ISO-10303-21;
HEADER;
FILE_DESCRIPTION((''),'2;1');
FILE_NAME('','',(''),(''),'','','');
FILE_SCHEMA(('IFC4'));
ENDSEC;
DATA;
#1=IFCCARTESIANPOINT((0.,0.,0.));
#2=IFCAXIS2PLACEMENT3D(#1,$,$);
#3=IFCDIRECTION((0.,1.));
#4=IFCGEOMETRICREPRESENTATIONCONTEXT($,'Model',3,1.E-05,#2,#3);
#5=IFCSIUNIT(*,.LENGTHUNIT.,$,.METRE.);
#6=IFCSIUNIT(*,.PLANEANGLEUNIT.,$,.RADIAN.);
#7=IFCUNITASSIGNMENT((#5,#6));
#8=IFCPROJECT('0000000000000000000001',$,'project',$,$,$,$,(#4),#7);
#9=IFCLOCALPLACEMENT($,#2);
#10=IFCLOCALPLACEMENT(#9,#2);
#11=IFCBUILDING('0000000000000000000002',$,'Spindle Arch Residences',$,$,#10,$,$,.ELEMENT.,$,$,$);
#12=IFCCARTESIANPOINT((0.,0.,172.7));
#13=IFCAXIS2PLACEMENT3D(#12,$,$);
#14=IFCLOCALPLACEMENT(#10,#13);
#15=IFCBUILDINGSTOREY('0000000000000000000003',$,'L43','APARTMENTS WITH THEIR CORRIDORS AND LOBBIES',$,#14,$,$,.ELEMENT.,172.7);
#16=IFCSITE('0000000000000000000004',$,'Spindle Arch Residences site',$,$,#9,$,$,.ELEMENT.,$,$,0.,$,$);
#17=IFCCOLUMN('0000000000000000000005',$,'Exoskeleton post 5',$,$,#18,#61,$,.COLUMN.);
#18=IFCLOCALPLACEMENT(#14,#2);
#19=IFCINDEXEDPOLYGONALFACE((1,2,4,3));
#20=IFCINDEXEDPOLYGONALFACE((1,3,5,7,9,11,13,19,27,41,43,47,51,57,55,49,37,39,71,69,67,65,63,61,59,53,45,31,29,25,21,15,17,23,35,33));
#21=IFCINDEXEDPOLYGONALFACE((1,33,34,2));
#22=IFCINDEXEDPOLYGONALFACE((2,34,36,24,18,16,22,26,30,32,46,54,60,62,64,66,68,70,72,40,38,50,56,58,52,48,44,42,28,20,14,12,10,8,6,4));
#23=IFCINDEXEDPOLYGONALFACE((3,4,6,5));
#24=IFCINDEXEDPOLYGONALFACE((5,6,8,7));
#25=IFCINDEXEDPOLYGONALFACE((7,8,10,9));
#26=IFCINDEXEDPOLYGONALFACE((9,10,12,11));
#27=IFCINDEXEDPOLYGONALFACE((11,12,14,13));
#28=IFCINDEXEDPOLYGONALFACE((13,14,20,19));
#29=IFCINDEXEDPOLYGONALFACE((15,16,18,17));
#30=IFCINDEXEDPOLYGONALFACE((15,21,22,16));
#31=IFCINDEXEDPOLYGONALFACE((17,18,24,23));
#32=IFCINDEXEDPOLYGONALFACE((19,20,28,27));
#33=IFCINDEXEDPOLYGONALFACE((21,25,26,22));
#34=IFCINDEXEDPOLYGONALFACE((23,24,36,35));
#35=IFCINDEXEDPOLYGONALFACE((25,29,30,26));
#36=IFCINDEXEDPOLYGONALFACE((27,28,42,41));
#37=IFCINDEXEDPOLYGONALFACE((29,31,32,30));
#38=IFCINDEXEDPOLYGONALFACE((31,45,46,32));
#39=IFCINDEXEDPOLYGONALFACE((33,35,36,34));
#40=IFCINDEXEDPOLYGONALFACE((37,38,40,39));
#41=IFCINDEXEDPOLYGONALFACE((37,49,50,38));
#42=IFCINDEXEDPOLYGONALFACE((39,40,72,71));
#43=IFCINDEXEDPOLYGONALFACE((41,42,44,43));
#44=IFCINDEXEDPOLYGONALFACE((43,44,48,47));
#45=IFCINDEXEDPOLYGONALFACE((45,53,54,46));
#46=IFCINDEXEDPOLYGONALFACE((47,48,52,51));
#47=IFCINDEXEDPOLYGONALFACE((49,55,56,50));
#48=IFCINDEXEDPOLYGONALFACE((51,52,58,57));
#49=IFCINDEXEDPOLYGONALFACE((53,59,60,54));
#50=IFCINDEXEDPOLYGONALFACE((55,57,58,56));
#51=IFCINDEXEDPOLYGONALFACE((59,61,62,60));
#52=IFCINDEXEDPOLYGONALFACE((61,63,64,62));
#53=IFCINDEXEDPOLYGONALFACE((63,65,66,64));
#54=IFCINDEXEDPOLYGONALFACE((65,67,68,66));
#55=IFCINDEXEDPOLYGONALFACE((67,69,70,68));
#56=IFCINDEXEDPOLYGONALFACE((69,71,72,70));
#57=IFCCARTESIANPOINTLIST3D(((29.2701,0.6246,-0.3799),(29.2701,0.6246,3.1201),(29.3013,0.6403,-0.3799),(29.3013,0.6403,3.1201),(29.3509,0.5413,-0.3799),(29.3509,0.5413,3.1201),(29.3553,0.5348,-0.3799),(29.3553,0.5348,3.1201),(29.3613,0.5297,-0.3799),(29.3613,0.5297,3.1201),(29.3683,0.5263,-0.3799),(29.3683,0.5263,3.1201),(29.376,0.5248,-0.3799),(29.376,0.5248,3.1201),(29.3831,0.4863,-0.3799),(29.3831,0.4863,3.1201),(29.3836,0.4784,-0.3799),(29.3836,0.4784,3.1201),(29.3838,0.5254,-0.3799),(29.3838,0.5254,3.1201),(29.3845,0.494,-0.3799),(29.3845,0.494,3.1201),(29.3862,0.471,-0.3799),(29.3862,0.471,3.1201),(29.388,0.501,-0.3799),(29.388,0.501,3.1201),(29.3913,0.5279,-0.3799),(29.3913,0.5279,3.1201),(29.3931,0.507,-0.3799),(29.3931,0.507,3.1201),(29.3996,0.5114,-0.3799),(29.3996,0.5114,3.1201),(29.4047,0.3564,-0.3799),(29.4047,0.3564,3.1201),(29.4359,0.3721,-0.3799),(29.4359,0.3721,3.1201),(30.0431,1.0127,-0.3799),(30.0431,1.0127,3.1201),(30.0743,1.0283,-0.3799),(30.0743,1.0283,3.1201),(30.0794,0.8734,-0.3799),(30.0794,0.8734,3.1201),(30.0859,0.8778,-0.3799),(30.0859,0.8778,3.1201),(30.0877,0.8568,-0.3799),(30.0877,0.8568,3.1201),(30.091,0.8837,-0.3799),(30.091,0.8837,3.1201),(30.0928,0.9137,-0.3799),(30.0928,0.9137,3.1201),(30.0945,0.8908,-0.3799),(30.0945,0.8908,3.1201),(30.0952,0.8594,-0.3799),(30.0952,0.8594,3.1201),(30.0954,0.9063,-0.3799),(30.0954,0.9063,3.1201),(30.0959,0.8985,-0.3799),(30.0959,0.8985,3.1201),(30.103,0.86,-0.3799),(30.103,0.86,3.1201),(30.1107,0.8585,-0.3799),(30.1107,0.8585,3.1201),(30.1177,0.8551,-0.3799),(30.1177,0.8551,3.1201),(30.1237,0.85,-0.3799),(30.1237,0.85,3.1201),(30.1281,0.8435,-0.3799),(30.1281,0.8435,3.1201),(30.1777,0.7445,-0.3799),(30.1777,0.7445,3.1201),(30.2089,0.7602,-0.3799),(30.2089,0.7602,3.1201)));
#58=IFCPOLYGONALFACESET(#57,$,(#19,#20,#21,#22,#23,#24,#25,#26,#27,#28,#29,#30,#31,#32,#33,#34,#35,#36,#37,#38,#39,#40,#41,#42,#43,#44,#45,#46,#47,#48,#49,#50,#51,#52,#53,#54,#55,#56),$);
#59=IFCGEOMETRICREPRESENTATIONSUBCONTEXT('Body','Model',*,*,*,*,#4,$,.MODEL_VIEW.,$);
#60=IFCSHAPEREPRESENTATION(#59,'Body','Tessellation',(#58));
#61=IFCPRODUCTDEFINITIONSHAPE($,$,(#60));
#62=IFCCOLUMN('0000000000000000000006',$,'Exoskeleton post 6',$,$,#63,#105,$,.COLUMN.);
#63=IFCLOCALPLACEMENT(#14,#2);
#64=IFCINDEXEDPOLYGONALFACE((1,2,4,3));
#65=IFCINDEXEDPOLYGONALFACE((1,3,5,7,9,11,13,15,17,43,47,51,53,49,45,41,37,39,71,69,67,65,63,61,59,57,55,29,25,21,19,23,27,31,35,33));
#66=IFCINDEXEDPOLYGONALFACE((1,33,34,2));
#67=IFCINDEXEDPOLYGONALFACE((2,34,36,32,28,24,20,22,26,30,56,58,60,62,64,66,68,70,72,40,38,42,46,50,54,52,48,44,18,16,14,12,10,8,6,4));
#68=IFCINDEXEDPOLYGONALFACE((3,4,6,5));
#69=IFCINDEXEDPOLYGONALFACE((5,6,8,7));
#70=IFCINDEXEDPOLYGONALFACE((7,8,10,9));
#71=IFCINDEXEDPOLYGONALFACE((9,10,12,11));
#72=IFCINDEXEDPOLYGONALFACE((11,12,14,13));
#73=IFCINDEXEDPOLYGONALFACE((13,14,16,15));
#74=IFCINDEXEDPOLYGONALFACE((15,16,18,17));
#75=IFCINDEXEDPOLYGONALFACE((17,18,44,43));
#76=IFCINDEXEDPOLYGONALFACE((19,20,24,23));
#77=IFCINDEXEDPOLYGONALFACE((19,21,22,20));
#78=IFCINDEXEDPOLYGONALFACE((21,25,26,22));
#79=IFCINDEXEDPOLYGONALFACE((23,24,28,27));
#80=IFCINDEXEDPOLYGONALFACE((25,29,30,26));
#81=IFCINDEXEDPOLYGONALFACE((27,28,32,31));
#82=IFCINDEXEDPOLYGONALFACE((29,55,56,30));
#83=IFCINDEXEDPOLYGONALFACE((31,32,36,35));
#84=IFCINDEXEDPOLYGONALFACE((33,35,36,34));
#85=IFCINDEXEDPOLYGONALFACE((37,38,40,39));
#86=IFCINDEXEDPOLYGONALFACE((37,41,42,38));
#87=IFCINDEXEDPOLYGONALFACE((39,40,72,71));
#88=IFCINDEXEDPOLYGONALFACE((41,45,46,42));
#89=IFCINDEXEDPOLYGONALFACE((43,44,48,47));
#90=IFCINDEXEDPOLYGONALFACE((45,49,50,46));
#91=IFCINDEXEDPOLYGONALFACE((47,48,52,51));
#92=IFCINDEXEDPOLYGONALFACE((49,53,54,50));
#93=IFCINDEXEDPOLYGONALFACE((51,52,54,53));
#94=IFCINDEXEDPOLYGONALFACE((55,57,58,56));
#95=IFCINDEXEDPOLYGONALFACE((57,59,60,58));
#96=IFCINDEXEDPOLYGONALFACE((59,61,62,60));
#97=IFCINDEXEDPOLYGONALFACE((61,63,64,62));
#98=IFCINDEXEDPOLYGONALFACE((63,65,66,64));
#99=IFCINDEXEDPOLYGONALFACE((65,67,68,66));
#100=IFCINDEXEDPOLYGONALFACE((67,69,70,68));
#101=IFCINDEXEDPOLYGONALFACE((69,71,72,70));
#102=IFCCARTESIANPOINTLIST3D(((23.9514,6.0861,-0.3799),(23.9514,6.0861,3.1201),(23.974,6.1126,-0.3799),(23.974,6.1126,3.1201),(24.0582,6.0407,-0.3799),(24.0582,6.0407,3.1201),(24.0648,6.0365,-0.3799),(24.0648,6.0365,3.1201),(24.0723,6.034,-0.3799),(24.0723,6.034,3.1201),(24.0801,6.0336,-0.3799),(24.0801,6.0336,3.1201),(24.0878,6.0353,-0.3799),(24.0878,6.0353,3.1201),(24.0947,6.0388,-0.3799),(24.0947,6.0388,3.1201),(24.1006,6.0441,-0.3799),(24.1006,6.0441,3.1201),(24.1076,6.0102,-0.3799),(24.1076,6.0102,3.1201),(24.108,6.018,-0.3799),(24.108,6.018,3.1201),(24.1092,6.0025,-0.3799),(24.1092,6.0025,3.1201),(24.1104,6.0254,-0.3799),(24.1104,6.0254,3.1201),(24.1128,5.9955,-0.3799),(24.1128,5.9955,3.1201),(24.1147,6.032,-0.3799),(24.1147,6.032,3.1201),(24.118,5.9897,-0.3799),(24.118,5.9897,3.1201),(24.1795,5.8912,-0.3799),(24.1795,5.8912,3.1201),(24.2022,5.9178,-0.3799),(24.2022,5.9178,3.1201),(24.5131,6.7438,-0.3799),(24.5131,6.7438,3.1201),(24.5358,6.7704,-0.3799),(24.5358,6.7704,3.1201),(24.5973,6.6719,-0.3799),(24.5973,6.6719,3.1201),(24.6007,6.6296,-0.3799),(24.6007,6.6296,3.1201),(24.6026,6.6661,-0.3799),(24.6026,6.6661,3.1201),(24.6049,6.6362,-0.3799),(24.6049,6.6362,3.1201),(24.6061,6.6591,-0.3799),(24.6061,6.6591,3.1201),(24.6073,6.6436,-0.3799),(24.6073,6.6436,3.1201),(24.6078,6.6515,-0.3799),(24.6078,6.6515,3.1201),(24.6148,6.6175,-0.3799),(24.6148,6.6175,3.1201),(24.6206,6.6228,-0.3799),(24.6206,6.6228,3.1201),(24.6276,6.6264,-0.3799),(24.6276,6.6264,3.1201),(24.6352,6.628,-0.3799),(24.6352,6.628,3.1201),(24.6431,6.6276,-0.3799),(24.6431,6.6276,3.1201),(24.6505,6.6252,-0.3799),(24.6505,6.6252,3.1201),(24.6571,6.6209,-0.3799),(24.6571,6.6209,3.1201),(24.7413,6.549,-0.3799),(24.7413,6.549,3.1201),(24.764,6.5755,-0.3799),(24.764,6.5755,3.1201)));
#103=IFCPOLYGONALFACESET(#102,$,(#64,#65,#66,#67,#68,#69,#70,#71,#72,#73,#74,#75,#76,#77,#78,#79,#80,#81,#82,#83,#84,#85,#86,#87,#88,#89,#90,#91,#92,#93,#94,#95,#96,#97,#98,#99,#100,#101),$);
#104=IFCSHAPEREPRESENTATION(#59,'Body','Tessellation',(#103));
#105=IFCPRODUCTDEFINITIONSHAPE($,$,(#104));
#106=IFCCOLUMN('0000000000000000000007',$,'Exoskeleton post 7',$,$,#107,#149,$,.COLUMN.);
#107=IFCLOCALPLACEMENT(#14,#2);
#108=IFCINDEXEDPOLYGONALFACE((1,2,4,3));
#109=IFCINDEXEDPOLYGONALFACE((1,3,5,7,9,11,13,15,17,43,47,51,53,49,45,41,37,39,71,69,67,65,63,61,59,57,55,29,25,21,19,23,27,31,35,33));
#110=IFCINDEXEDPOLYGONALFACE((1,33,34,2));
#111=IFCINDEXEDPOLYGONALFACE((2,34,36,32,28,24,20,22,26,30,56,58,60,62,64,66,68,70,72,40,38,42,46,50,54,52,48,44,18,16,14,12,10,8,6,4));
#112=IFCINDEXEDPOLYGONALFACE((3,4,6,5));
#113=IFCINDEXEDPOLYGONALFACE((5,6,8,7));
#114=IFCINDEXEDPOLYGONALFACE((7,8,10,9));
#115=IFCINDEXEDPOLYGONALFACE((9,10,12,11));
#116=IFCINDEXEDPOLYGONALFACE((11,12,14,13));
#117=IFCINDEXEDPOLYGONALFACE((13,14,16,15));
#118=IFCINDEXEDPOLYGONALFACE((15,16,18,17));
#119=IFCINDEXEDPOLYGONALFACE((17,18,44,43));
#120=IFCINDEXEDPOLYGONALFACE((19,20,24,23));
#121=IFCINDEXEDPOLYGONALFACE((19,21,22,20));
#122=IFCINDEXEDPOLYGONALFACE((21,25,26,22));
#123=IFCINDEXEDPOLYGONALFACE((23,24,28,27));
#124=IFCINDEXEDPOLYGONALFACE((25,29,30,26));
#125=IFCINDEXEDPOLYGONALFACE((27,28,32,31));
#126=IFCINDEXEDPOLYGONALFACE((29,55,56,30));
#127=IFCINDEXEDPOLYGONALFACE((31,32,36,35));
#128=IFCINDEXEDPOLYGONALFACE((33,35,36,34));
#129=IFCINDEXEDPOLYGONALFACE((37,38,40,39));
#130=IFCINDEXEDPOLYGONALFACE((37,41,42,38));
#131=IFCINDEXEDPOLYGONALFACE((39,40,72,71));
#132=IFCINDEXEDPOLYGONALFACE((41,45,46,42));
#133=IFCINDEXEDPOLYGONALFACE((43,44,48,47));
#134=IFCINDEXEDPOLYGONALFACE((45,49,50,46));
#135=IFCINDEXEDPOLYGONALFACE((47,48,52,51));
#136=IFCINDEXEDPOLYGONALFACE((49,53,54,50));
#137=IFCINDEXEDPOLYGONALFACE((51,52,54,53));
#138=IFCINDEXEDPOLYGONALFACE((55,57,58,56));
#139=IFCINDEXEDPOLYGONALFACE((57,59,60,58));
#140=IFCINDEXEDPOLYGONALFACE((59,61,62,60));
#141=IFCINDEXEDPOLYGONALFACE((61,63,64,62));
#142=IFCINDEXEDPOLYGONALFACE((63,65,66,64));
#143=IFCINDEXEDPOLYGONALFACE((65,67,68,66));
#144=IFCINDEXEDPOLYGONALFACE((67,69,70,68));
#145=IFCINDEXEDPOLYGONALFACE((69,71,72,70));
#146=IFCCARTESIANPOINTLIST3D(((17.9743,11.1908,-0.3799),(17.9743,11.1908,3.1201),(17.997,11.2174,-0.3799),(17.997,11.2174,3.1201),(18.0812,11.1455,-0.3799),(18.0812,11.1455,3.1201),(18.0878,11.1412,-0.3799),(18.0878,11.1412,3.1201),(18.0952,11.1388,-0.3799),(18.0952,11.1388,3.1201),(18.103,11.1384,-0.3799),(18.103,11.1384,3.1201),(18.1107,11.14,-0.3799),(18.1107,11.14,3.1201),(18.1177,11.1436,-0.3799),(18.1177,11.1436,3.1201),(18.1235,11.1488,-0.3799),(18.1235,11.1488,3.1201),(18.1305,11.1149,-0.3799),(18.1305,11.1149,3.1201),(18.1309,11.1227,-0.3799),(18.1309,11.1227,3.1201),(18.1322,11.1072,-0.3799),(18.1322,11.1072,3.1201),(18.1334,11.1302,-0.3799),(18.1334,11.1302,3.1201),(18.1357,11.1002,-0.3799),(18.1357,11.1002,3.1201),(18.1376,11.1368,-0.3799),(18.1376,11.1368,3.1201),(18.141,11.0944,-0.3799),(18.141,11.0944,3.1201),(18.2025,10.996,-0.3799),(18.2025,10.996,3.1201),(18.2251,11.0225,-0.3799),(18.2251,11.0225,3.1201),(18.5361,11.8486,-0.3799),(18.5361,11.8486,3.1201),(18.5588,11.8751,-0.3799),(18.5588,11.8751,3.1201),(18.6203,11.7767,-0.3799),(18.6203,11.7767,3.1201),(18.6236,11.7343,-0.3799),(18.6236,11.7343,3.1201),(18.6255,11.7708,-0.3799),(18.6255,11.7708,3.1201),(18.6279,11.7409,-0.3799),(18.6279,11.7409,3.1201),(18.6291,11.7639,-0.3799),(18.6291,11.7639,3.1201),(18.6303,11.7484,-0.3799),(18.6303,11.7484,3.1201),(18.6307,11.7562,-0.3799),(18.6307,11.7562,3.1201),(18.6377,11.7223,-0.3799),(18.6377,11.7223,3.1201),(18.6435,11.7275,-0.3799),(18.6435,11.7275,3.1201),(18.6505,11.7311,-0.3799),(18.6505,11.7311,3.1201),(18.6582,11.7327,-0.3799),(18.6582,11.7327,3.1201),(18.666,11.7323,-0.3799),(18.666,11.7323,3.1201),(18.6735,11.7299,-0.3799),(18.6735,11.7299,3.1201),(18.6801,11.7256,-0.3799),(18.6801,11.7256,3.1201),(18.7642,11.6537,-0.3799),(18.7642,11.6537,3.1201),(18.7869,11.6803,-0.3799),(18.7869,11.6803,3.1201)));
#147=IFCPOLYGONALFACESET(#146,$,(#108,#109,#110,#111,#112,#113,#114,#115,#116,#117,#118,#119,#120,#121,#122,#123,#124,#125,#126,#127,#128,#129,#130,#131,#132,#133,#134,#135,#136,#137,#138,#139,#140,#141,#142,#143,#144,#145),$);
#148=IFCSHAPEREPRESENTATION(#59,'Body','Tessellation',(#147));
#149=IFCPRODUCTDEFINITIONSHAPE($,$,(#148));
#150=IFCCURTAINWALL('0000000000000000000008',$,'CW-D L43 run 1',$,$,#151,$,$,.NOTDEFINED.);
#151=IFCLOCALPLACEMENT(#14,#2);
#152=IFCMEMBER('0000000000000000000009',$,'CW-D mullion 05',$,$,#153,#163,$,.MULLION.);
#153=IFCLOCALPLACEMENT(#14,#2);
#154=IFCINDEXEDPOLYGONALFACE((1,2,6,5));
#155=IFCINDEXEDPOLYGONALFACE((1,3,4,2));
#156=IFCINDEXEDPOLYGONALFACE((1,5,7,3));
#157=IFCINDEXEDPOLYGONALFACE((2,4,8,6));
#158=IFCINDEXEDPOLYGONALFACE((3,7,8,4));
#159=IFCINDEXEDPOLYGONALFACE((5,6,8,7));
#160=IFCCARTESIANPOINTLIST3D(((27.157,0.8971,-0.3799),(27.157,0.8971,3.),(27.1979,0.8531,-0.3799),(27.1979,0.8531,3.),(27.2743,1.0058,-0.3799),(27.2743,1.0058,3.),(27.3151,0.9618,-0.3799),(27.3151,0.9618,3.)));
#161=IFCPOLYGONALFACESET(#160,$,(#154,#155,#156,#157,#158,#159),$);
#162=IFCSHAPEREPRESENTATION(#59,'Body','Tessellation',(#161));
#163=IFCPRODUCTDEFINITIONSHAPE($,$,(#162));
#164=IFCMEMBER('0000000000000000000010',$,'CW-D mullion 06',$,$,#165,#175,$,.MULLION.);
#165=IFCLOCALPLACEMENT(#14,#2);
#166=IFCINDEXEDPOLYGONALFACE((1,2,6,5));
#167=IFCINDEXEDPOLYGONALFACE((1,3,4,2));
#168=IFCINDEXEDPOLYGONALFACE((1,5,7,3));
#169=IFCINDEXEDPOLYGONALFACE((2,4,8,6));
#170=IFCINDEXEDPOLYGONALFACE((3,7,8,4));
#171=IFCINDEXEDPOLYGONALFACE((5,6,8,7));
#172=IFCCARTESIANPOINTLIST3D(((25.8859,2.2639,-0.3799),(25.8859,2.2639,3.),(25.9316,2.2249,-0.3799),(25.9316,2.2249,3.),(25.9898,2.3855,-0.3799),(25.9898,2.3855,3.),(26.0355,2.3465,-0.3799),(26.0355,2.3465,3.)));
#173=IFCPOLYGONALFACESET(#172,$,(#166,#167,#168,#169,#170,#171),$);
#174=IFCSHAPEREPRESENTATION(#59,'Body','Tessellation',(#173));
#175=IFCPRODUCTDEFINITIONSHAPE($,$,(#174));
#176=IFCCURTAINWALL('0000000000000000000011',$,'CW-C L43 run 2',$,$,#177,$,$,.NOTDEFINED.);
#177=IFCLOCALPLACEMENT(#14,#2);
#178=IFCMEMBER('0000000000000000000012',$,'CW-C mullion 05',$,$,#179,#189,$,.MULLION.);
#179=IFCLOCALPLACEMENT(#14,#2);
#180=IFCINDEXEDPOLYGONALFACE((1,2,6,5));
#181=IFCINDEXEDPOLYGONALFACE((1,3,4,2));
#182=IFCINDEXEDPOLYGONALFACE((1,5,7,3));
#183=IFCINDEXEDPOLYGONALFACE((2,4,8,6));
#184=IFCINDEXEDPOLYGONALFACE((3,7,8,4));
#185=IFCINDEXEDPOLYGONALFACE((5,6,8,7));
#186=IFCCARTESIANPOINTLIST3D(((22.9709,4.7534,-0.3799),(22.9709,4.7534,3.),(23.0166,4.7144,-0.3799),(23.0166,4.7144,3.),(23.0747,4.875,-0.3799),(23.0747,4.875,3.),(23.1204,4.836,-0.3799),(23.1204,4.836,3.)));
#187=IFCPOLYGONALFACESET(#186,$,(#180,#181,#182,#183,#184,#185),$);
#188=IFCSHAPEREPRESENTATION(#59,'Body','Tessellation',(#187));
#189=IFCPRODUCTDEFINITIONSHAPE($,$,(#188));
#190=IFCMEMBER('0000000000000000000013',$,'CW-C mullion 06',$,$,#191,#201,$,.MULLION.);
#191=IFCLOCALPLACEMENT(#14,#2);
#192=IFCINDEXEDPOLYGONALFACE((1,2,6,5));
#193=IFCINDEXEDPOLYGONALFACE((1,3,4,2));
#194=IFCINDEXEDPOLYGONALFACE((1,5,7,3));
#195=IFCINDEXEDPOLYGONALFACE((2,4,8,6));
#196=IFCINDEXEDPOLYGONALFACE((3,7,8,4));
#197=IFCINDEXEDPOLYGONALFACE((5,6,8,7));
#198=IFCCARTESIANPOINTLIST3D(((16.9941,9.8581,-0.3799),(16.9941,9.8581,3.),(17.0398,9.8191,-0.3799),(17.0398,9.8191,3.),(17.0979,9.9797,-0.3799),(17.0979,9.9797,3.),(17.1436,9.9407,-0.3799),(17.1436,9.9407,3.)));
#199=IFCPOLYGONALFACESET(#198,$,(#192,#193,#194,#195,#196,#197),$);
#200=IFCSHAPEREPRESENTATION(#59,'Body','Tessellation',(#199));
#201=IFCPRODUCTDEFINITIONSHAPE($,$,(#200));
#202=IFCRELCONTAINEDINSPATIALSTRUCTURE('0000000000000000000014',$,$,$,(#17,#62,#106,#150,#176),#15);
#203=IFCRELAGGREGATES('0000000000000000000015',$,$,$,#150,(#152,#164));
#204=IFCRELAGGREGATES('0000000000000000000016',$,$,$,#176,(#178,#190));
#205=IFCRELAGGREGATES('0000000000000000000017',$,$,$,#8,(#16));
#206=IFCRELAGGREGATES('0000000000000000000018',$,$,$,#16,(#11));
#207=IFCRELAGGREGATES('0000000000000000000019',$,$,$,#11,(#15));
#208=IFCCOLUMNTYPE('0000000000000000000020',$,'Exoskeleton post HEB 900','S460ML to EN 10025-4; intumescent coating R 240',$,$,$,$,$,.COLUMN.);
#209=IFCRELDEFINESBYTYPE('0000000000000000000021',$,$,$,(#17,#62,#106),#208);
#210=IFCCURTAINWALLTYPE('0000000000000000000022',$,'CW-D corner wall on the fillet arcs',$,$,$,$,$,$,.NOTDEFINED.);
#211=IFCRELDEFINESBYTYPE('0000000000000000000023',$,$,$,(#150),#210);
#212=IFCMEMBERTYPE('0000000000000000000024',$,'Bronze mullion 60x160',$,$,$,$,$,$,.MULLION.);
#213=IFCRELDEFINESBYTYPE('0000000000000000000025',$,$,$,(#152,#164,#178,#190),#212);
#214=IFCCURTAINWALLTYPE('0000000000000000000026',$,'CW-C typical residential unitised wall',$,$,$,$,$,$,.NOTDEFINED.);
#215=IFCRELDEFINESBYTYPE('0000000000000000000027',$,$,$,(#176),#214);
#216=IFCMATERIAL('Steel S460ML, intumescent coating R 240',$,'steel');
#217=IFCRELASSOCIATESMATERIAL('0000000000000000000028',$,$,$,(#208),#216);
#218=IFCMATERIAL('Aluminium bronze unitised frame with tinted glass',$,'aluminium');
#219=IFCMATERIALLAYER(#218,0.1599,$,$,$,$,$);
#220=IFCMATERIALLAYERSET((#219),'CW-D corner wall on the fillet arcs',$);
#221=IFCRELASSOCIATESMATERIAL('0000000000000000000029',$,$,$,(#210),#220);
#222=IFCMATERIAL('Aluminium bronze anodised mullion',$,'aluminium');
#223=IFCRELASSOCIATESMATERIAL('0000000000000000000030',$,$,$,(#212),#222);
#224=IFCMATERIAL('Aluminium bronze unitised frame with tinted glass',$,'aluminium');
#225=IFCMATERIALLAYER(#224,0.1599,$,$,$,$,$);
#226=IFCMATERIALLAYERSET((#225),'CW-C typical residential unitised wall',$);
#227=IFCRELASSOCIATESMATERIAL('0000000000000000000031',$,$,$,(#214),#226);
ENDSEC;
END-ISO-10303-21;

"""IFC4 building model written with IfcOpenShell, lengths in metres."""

from ifc_helpers import new_model, si_unit, direction, frame, origin, origin_2d, place, context, subcontext, project, spatial, rectangle, i_section, extrude, material, layer, layer_set, material_profile, profile_set, type_object, element, aggregate, save


model = new_model("IFC4")

# Units and contexts
model_context = context("Model", 3, precision=1e-05, world=origin(), true_north=direction((0.0, 1.0)))
body_context = subcontext(model_context, "Body", "Model", "MODEL_VIEW")
ifc_project = project(units=[si_unit("LENGTHUNIT", "METRE"), si_unit("PLANEANGLEUNIT", "RADIAN")], contexts=[model_context])

# Site, building, storey
site_placement = place(None, origin())
site = spatial("IfcSite", under=ifc_project, at=site_placement, Name="Spindle Arch Residences site", CompositionType="ELEMENT", RefElevation=0.0)
building_placement = place(site_placement, origin())
building = spatial("IfcBuilding", under=site, at=building_placement, Name="Spindle Arch Residences", CompositionType="ELEMENT")
storey_placement = place(building_placement, frame((0.0, 0.0, 172.7)))
storey = spatial("IfcBuildingStorey", under=building, at=storey_placement, Name="L43", Description="APARTMENTS WITH THEIR CORRIDORS AND LOBBIES", CompositionType="ELEMENT", Elevation=172.7)

# Columns
ifc_material_1 = material(Name="Steel S460ML, intumescent coating R 240", Category="steel")
ifc_material_profile_1 = material_profile(ifc_material_1, i_section(OverallWidth=0.3, OverallDepth=0.8999, WebThickness=0.0186, FlangeThickness=0.0349, FilletRadius=0.03, at=origin_2d()), Name="HEB 900")
ifc_profile_set_1 = profile_set([ifc_material_profile_1], Name="Steel S460ML, intumescent coating R 240")
column_type = type_object("IfcColumnType", Name="Exoskeleton post HEB 900", Description="S460ML to EN 10025-4; intumescent coating R 240", PredefinedType="COLUMN", material=ifc_profile_set_1)
for number, where, z_axis, x_axis, name in (
    (1, (29.7395, 0.6924, -0.3799), (0.0, 0.0, 1.0), (0.448657, -0.893704, 0.0), "Exoskeleton post 5"),
    (2, (24.3577, 6.3308, -0.3799), (0.0, 0.0, 1.0), (0.760406, -0.649448, 0.0), "Exoskeleton post 6"),
    (3, (18.3806, 11.4355, -0.3799), (0.0, 0.0, 1.0), (0.760406, -0.649448, 0.0), "Exoskeleton post 7"),
):
    element("IfcColumn", number, at=place(storey_placement, frame(where, z_axis=z_axis, x_axis=x_axis)), inside=storey, type_object=column_type, Name=name, PredefinedType="COLUMN", context=body_context, shape_type="SweptSolid", body=[
        extrude(i_section(OverallWidth=0.3, OverallDepth=0.8999, WebThickness=0.0186, FlangeThickness=0.0349, FilletRadius=0.03, at=origin_2d()), origin(), (0.0, 0.0, 1.0), 3.5),
    ])

# Curtain walls, members
ifc_material_2 = material(Name="Aluminium bronze unitised frame with tinted glass", Category="aluminium")
ifc_layer_1 = layer(ifc_material_2, 0.1599)
ifc_layer_set_1 = layer_set([ifc_layer_1], Name="CW-D corner wall on the fillet arcs")
curtain_wall_type_1 = type_object("IfcCurtainWallType", Name="CW-D corner wall on the fillet arcs", PredefinedType="NOTDEFINED", material=ifc_layer_set_1)
curtain_wall_1_placement = place(storey_placement, origin())
curtain_wall_1 = element("IfcCurtainWall", 4, at=curtain_wall_1_placement, inside=storey, type_object=curtain_wall_type_1, Name="CW-D L43 run 1", PredefinedType="NOTDEFINED")
ifc_material_3 = material(Name="Aluminium bronze anodised mullion", Category="aluminium")
ifc_material_profile_2 = material_profile(ifc_material_3, rectangle(XDim=0.1599, YDim=0.0601, at=origin_2d()), Name="MU 60x160")
ifc_profile_set_2 = profile_set([ifc_material_profile_2], Name="Aluminium bronze anodised mullion")
member_type_1 = type_object("IfcMemberType", Name="Bronze mullion 60x160", PredefinedType="MULLION", material=ifc_profile_set_2)
member_1_placement = place(storey_placement, frame((27.2361, 0.9294, -0.3799), z_axis=(0.0, 0.0, 1.0), x_axis=(-0.733334, -0.679868, 0.0)))
member_1 = element("IfcMember", 5, at=member_1_placement, type_object=member_type_1, Name="CW-D mullion 05", PredefinedType="MULLION", context=body_context, shape_type="SweptSolid", body=[
    extrude(rectangle(XDim=0.1599, YDim=0.0601, at=origin_2d()), origin(), (0.0, 0.0, 1.0), 3.3799),
])
member_2_placement = place(storey_placement, frame((25.9607, 2.3052, -0.3799), z_axis=(0.0, 0.0, 1.0), x_axis=(-0.649448, -0.760406, 0.0)))
member_2 = element("IfcMember", 6, at=member_2_placement, type_object=member_type_1, Name="CW-D mullion 06", PredefinedType="MULLION", context=body_context, shape_type="SweptSolid", body=[
    extrude(rectangle(XDim=0.1599, YDim=0.0601, at=origin_2d()), origin(), (0.0, 0.0, 1.0), 3.3799),
])
ifc_material_4 = material(Name="Aluminium bronze unitised frame with tinted glass", Category="aluminium")
ifc_layer_2 = layer(ifc_material_4, 0.1599)
ifc_layer_set_2 = layer_set([ifc_layer_2], Name="CW-C typical residential unitised wall")
curtain_wall_type_2 = type_object("IfcCurtainWallType", Name="CW-C typical residential unitised wall", PredefinedType="NOTDEFINED", material=ifc_layer_set_2)
curtain_wall_2_placement = place(storey_placement, origin())
curtain_wall_2 = element("IfcCurtainWall", 7, at=curtain_wall_2_placement, inside=storey, type_object=curtain_wall_type_2, Name="CW-C L43 run 2", PredefinedType="NOTDEFINED")
member_3_placement = place(storey_placement, frame((23.0457, 4.7947, -0.3799), z_axis=(0.0, 0.0, 1.0), x_axis=(-0.649448, -0.760406, 0.0)))
member_3 = element("IfcMember", 8, at=member_3_placement, type_object=member_type_1, Name="CW-C mullion 05", PredefinedType="MULLION", context=body_context, shape_type="SweptSolid", body=[
    extrude(rectangle(XDim=0.1599, YDim=0.0601, at=origin_2d()), origin(), (0.0, 0.0, 1.0), 3.3799),
])
member_4_placement = place(storey_placement, frame((17.0688, 9.8994, -0.3799), z_axis=(0.0, 0.0, 1.0), x_axis=(-0.649448, -0.760406, 0.0)))
member_4 = element("IfcMember", 9, at=member_4_placement, type_object=member_type_1, Name="CW-C mullion 06", PredefinedType="MULLION", context=body_context, shape_type="SweptSolid", body=[
    extrude(rectangle(XDim=0.1599, YDim=0.0601, at=origin_2d()), origin(), (0.0, 0.0, 1.0), 3.3799),
])

aggregate(curtain_wall_1, [member_1, member_2])
aggregate(curtain_wall_2, [member_3, member_4])

save(model, "model.ifc")
